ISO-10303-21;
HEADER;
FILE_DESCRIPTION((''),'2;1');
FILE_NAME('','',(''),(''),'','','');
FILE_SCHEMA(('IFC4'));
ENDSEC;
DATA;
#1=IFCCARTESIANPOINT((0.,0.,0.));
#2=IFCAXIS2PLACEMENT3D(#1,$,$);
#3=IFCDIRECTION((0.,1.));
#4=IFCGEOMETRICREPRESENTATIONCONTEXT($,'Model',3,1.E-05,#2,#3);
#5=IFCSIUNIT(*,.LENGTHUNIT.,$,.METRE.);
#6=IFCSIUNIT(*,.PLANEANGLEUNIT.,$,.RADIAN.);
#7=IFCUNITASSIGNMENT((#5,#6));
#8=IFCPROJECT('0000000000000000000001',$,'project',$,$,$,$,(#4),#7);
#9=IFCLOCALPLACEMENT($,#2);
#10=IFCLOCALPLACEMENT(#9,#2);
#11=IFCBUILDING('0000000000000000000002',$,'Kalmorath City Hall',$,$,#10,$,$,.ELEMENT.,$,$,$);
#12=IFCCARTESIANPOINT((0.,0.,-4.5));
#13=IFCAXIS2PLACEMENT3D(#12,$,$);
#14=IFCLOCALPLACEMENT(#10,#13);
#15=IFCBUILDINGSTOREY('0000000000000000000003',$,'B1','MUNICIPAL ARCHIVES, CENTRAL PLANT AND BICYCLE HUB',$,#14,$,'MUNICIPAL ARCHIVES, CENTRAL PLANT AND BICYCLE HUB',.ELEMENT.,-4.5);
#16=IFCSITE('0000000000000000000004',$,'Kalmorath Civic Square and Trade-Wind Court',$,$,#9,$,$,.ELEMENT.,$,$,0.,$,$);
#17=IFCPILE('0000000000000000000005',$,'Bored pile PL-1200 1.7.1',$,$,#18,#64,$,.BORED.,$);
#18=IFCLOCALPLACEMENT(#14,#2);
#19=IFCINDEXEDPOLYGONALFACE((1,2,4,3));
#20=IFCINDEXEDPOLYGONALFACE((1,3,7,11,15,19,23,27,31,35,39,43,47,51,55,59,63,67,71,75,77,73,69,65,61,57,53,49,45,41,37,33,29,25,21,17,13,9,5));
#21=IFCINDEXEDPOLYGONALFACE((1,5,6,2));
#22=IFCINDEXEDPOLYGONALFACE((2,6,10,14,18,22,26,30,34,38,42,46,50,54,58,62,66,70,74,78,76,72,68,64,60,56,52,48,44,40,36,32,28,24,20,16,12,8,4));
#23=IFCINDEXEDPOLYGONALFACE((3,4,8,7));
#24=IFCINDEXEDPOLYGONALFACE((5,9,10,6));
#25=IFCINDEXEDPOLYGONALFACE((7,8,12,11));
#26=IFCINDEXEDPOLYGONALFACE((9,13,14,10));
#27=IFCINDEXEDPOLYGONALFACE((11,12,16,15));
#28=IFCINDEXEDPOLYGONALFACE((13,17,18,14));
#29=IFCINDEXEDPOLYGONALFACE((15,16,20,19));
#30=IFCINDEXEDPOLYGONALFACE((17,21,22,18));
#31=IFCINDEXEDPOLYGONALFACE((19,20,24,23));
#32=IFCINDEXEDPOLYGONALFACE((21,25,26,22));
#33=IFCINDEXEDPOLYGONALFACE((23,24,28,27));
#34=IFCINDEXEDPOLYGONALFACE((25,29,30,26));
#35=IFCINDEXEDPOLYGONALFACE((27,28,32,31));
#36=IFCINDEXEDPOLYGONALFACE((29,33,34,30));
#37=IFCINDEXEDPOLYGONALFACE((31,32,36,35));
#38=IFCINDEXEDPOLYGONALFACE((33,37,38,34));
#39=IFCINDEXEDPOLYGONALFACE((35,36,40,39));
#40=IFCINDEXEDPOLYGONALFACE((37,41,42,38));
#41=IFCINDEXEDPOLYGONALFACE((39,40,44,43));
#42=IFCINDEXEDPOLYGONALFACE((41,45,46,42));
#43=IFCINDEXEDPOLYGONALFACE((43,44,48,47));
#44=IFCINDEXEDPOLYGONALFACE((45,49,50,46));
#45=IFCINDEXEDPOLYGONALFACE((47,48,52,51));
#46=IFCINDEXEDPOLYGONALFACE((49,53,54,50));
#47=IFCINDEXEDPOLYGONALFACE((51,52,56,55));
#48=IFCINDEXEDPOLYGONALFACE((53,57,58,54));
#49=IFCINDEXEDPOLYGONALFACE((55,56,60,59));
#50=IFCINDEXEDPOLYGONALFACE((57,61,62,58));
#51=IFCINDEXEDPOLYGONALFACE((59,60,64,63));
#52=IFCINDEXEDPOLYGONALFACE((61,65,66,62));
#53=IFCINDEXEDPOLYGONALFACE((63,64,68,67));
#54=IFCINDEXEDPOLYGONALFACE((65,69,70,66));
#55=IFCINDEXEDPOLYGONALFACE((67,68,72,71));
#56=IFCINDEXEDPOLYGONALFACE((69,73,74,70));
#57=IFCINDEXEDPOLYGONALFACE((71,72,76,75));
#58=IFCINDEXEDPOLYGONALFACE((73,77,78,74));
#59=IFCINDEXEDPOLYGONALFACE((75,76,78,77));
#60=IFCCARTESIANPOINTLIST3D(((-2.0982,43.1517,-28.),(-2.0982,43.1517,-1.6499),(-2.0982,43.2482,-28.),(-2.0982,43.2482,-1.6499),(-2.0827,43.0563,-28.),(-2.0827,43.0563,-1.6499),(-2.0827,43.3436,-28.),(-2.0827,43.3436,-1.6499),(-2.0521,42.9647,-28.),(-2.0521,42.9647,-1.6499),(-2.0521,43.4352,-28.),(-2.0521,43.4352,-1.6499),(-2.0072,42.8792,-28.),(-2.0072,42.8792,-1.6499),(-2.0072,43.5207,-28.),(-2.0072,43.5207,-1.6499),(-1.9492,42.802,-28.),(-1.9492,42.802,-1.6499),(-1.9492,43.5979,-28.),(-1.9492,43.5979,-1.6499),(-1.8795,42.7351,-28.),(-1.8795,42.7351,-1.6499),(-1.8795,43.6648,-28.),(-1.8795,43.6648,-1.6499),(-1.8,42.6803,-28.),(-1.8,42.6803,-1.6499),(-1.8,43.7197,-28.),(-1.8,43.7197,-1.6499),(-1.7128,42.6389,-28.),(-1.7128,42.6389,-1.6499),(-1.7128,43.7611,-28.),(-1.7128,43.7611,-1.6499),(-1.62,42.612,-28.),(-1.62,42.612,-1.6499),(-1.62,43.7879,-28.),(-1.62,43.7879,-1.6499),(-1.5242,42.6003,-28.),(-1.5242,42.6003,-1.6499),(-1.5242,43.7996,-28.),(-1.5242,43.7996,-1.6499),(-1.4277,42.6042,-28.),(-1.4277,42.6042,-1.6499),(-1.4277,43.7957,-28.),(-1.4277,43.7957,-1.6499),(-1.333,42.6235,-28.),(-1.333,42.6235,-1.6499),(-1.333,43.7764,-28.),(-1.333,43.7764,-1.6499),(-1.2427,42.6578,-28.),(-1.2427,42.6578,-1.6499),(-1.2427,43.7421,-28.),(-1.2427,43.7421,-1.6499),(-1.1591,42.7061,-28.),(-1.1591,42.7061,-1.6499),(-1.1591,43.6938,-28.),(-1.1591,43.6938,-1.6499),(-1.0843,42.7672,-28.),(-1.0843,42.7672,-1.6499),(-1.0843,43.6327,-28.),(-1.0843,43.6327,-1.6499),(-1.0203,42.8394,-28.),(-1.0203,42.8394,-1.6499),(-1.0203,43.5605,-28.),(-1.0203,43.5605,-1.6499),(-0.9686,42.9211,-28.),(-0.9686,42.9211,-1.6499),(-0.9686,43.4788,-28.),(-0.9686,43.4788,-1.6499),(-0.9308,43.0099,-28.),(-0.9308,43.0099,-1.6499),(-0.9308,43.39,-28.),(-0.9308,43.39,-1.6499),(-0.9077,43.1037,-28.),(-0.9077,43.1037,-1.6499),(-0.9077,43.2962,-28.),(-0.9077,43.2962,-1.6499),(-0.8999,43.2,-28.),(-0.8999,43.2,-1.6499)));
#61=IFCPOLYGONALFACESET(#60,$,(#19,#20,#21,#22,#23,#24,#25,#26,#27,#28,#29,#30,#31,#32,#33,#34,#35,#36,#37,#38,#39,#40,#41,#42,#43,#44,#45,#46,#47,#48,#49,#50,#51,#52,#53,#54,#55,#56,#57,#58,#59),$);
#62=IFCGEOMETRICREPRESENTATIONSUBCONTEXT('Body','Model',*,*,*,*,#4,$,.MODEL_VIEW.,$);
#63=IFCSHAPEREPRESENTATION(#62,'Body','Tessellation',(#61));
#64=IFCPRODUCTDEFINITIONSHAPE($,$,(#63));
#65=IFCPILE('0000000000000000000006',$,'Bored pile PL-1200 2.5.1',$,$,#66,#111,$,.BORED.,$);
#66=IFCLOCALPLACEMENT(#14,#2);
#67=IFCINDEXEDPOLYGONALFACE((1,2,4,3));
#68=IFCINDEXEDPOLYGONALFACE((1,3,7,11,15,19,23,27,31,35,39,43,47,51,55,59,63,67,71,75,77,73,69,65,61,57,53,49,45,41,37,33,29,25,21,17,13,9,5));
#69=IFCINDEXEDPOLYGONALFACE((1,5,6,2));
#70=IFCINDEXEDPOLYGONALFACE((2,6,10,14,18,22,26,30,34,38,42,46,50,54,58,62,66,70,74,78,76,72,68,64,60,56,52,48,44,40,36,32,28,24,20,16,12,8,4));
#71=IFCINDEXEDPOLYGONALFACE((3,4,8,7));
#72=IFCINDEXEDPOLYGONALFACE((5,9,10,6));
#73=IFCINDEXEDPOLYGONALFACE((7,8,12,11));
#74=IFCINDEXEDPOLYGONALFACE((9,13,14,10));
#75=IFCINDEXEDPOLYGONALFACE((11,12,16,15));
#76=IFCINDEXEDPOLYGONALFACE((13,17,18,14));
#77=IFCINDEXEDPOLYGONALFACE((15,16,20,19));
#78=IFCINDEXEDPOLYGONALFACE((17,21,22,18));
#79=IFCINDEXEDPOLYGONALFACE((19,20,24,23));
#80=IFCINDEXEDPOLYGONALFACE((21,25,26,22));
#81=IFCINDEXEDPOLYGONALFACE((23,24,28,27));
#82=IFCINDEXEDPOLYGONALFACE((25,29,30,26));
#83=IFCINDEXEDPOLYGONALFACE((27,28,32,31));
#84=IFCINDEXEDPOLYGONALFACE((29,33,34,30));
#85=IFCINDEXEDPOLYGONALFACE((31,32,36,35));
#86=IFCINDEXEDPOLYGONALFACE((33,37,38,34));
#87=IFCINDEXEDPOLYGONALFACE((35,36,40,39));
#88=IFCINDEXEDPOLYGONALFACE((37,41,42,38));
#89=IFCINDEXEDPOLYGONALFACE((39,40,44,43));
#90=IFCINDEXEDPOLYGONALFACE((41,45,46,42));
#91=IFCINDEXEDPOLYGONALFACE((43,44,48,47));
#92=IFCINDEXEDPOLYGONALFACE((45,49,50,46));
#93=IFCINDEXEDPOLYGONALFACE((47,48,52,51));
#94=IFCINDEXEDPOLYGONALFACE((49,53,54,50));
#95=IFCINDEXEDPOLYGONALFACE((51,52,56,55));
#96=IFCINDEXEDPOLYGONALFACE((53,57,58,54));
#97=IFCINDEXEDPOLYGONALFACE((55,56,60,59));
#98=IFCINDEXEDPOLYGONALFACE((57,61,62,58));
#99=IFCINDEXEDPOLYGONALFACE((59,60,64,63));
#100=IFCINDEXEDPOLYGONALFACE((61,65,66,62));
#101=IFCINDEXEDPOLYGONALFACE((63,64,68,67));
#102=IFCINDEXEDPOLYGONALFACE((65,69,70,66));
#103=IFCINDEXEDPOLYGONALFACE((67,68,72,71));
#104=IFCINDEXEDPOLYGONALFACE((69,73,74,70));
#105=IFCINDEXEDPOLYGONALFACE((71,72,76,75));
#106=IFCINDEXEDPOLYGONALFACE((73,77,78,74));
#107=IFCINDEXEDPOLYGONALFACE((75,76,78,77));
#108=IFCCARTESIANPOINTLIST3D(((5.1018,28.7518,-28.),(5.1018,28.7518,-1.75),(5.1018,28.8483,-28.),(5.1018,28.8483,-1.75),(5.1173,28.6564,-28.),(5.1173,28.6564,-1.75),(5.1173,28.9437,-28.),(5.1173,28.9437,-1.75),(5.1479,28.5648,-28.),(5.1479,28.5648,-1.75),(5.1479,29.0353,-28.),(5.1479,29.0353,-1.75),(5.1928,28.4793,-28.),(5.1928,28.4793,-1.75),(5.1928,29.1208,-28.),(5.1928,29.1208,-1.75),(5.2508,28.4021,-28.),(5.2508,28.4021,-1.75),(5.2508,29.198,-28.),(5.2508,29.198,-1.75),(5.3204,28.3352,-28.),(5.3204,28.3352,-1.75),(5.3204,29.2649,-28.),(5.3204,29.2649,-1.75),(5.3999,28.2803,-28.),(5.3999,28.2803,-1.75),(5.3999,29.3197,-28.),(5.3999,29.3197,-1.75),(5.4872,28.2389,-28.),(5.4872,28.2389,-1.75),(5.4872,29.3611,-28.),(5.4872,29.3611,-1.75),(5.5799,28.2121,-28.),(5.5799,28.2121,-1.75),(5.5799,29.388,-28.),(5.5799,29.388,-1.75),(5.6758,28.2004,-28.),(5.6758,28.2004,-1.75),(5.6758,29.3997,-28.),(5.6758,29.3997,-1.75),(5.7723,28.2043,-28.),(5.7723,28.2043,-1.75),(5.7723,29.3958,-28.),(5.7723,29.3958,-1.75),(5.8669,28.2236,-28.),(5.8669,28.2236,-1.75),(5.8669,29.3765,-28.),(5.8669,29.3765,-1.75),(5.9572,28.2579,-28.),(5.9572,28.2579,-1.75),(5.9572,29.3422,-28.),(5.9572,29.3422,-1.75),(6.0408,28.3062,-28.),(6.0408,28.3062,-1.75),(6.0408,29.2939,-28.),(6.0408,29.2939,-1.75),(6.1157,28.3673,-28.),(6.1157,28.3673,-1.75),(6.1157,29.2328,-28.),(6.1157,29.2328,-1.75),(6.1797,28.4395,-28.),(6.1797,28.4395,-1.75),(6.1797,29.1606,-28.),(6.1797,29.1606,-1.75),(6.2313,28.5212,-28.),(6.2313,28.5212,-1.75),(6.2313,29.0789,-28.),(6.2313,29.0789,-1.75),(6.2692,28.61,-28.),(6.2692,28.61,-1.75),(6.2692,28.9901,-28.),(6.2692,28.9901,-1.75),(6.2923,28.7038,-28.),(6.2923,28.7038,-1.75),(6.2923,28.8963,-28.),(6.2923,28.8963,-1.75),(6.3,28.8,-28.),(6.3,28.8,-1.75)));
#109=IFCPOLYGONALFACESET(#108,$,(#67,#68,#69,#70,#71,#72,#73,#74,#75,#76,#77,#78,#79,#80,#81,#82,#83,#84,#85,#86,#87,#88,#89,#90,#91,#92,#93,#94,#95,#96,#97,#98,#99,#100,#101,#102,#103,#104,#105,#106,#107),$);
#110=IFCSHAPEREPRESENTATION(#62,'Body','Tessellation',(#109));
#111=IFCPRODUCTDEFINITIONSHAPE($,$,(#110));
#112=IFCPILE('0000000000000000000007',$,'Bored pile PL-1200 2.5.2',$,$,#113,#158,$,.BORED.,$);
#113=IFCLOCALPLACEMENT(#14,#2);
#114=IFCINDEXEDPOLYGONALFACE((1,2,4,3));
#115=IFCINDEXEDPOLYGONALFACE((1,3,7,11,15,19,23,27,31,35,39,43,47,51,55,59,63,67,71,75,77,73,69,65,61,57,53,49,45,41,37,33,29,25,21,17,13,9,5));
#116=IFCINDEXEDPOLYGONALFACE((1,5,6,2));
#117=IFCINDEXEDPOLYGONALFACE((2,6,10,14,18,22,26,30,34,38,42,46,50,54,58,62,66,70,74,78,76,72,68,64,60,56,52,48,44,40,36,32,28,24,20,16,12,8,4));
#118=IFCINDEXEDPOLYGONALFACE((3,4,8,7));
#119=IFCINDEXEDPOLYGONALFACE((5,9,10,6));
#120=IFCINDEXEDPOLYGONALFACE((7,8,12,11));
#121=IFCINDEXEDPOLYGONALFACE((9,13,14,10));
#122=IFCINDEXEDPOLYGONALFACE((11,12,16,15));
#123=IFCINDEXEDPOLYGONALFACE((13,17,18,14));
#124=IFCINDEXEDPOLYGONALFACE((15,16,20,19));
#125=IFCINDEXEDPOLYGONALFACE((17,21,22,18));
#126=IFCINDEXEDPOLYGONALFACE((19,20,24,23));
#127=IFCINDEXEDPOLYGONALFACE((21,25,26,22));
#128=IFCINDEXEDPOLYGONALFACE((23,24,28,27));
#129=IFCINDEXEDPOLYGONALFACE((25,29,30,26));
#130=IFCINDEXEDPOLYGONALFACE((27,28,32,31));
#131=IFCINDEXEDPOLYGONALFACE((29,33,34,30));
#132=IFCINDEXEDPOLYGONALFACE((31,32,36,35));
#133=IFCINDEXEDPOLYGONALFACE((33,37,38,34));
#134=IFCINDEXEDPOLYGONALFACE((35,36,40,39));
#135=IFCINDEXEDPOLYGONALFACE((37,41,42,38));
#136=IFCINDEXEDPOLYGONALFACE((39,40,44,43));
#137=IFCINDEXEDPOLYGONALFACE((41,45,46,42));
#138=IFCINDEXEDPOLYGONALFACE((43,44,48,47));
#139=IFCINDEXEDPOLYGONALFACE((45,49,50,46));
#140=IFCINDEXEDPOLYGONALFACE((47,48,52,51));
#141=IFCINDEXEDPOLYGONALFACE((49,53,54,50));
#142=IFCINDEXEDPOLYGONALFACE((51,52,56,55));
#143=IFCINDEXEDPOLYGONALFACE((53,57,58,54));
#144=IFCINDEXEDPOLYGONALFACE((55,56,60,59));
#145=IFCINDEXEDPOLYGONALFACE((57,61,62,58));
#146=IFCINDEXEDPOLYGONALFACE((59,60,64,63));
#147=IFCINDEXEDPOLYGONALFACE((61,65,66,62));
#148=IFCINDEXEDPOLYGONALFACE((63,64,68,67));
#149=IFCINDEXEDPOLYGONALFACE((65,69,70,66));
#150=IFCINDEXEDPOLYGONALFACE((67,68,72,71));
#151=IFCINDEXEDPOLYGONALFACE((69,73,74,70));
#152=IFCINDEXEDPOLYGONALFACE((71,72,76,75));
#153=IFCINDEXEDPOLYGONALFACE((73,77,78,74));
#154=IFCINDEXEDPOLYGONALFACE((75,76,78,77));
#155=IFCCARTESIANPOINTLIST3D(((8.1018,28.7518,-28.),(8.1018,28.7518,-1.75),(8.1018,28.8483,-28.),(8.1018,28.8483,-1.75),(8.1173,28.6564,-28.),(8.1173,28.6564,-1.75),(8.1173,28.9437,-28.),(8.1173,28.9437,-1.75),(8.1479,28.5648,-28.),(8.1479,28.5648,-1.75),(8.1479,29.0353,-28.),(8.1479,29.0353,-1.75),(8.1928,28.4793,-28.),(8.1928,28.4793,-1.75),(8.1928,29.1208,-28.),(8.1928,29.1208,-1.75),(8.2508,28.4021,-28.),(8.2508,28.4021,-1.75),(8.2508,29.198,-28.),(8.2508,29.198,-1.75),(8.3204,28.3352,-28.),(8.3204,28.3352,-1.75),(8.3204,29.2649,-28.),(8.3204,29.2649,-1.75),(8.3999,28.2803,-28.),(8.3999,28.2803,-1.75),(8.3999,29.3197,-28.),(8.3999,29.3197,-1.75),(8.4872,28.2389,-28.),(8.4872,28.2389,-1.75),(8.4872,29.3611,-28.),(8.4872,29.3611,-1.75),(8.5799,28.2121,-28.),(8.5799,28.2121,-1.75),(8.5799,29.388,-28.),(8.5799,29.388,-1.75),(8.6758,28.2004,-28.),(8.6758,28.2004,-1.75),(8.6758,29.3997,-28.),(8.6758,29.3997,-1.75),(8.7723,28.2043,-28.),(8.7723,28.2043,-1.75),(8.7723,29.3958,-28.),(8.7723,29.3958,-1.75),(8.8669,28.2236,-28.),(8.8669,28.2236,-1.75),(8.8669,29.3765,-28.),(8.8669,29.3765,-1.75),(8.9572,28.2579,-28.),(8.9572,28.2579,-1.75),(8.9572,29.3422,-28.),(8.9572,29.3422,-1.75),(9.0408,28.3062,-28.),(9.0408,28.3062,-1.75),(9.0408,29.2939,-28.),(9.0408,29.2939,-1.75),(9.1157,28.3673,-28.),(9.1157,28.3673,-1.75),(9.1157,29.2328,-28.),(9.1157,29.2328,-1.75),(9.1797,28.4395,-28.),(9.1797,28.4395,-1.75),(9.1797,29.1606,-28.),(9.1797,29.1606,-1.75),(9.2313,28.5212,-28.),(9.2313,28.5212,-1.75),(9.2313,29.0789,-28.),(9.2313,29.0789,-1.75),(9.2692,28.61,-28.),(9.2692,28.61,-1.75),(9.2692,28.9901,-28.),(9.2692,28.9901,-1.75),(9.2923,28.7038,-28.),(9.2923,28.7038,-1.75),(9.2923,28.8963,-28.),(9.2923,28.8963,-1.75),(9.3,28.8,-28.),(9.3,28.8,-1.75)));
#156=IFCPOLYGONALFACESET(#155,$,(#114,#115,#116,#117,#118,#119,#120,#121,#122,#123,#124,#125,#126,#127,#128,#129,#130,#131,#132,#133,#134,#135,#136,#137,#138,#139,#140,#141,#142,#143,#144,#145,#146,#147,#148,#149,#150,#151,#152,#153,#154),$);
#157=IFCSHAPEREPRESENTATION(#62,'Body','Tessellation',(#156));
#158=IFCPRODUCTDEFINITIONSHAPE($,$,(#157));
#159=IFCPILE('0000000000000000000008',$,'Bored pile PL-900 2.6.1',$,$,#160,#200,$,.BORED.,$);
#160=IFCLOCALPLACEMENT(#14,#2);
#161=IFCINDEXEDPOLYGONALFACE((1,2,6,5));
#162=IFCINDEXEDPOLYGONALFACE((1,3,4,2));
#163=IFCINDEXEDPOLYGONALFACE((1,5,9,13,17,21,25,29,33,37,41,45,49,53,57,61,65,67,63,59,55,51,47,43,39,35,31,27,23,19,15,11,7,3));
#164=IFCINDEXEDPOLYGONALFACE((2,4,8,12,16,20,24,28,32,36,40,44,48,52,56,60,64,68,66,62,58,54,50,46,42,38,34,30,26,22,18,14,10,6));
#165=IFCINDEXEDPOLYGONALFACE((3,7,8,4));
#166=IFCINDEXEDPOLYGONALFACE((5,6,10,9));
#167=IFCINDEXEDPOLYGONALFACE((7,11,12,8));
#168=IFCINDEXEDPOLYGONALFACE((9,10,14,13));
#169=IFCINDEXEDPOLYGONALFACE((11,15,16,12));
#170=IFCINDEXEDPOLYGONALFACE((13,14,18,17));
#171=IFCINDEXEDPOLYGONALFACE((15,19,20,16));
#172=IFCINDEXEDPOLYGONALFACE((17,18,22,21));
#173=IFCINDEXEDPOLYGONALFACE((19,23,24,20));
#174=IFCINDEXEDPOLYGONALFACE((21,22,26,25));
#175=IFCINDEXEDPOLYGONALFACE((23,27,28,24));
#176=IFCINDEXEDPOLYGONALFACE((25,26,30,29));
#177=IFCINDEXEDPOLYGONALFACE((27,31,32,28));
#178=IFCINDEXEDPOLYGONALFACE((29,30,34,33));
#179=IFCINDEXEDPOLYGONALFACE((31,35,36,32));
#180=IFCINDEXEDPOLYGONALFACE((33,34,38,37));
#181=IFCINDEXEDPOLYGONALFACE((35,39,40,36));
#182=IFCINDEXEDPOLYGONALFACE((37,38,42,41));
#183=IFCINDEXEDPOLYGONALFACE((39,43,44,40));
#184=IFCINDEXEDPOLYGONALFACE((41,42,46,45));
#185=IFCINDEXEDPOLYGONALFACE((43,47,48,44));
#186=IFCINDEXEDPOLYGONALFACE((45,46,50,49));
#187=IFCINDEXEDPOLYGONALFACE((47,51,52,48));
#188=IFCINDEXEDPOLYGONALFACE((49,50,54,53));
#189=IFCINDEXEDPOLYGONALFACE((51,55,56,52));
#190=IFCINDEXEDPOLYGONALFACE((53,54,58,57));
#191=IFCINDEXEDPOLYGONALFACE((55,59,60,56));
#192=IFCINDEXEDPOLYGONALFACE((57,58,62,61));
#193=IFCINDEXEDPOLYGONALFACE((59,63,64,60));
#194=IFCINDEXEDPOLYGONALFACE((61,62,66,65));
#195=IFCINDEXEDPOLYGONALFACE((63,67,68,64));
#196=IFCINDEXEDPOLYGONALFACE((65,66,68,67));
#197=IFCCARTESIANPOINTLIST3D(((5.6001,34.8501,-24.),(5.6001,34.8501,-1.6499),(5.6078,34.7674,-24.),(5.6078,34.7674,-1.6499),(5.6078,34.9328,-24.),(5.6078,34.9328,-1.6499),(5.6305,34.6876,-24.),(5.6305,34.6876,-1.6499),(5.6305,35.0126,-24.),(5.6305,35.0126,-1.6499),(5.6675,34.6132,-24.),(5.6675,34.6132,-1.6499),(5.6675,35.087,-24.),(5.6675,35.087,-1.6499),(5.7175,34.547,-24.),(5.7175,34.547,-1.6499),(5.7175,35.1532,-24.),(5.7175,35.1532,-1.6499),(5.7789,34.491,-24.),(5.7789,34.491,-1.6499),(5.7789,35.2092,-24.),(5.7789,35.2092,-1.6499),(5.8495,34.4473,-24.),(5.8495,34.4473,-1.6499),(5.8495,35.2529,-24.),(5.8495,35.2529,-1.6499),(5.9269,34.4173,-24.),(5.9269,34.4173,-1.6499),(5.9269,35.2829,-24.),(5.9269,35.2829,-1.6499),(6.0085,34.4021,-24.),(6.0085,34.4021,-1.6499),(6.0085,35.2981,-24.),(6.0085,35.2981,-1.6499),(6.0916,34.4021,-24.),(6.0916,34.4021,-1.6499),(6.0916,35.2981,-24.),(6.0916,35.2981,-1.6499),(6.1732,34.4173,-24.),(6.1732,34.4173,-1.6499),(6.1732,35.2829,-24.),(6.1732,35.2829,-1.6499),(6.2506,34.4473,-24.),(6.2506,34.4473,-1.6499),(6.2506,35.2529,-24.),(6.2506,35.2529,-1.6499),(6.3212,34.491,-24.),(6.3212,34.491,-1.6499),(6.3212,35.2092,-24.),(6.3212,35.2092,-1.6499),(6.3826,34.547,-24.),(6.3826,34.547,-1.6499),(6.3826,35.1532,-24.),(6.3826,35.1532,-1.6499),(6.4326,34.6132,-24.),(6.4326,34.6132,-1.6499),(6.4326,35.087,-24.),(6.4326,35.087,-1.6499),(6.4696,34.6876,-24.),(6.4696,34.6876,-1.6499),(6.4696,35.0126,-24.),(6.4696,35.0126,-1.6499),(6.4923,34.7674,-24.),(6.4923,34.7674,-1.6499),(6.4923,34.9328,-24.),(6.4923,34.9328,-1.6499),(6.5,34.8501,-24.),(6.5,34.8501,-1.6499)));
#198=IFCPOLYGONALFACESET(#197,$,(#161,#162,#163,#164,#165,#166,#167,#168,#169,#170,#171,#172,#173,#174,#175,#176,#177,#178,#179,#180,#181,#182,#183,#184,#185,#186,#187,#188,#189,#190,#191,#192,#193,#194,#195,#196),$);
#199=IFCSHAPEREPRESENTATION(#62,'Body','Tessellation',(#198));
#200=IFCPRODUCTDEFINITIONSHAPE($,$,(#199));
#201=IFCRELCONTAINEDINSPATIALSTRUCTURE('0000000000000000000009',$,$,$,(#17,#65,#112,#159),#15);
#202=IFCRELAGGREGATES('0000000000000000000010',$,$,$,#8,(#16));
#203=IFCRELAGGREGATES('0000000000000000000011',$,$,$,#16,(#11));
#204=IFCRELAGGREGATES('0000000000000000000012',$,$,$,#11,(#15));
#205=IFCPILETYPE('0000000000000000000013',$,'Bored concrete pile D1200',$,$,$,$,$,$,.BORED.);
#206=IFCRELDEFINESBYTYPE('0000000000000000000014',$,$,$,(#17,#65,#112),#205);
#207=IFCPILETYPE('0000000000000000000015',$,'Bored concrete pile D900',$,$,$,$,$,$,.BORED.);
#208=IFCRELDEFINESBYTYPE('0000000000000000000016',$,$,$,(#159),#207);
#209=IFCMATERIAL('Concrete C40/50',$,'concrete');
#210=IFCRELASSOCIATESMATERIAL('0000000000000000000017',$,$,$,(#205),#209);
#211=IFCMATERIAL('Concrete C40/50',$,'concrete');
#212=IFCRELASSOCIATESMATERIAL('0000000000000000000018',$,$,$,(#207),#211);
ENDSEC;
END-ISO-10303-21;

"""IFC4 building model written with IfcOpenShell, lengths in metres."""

from ifc_helpers import new_model, si_unit, direction, frame, origin, origin_2d, place, context, subcontext, project, spatial, circle, extrude, material, material_profile, profile_set, type_object, element, save


model = new_model("IFC4")

# Units and contexts
model_context = context("Model", 3, precision=1e-05, world=origin(), true_north=direction((0.0, 1.0)))
body_context = subcontext(model_context, "Body", "Model", "MODEL_VIEW")
ifc_project = project(units=[si_unit("LENGTHUNIT", "METRE"), si_unit("PLANEANGLEUNIT", "RADIAN")], contexts=[model_context])

# Site, building, storey
site_placement = place(None, origin())
site = spatial("IfcSite", under=ifc_project, at=site_placement, Name="Kalmorath Civic Square and Trade-Wind Court", CompositionType="ELEMENT", RefElevation=0.0)
building_placement = place(site_placement, origin())
building = spatial("IfcBuilding", under=site, at=building_placement, Name="Kalmorath City Hall", CompositionType="ELEMENT")
storey_placement = place(building_placement, frame((0.0, 0.0, -4.5)))
storey = spatial("IfcBuildingStorey", under=building, at=storey_placement, Name="B1", Description="MUNICIPAL ARCHIVES, CENTRAL PLANT AND BICYCLE HUB", LongName="MUNICIPAL ARCHIVES, CENTRAL PLANT AND BICYCLE HUB", CompositionType="ELEMENT", Elevation=-4.5)

# Piles
ifc_material_1 = material(Name="Concrete C40/50", Category="concrete")
ifc_material_profile_1 = material_profile(ifc_material_1, circle(Radius=0.6001, at=origin_2d()), Name="PILE-D1200")
ifc_profile_set_1 = profile_set([ifc_material_profile_1], Name="Concrete C40/50")
pile_type_1 = type_object("IfcPileType", Name="Bored concrete pile D1200", PredefinedType="BORED", material=ifc_profile_set_1)
pile_placement = place(storey_placement, frame((-1.5, 43.2, -1.6499), z_axis=(0.0, 0.0, -1.0), x_axis=(1.0, 0.0, 0.0)))
element("IfcPile", 1, at=pile_placement, inside=storey, type_object=pile_type_1, Name="Bored pile PL-1200 1.7.1", PredefinedType="BORED", context=body_context, shape_type="SweptSolid", body=[
    extrude(circle(Radius=0.6001, at=origin_2d()), origin(), (0.0, 0.0, 1.0), 26.3501),
])
for number, where, z_axis, x_axis, name in (
    (2, (5.7, 28.8, -1.75), (0.0, 0.0, -1.0), (1.0, 0.0, 0.0), "Bored pile PL-1200 2.5.1"),
    (3, (8.7, 28.8, -1.75), (0.0, 0.0, -1.0), (1.0, 0.0, 0.0), "Bored pile PL-1200 2.5.2"),
):
    element("IfcPile", number, at=place(storey_placement, frame(where, z_axis=z_axis, x_axis=x_axis)), inside=storey, type_object=pile_type_1, Name=name, PredefinedType="BORED", context=body_context, shape_type="SweptSolid", body=[
        extrude(circle(Radius=0.6001, at=origin_2d()), origin(), (0.0, 0.0, 1.0), 26.25),
    ])
ifc_material_2 = material(Name="Concrete C40/50", Category="concrete")
ifc_material_profile_2 = material_profile(ifc_material_2, circle(Radius=0.45, at=origin_2d()), Name="PILE-D900")
ifc_profile_set_2 = profile_set([ifc_material_profile_2], Name="Concrete C40/50")
pile_type_2 = type_object("IfcPileType", Name="Bored concrete pile D900", PredefinedType="BORED", material=ifc_profile_set_2)
for number, where, z_axis, x_axis, name in (
    (4, (6.05, 34.8501, -1.6499), (0.0, 0.0, -1.0), (1.0, 0.0, 0.0), "Bored pile PL-900 2.6.1"),
):
    element("IfcPile", number, at=place(storey_placement, frame(where, z_axis=z_axis, x_axis=x_axis)), inside=storey, type_object=pile_type_2, Name=name, PredefinedType="BORED", context=body_context, shape_type="SweptSolid", body=[
        extrude(circle(Radius=0.45, at=origin_2d()), origin(), (0.0, 0.0, 1.0), 22.3501),
    ])

save(model, "model.ifc")
